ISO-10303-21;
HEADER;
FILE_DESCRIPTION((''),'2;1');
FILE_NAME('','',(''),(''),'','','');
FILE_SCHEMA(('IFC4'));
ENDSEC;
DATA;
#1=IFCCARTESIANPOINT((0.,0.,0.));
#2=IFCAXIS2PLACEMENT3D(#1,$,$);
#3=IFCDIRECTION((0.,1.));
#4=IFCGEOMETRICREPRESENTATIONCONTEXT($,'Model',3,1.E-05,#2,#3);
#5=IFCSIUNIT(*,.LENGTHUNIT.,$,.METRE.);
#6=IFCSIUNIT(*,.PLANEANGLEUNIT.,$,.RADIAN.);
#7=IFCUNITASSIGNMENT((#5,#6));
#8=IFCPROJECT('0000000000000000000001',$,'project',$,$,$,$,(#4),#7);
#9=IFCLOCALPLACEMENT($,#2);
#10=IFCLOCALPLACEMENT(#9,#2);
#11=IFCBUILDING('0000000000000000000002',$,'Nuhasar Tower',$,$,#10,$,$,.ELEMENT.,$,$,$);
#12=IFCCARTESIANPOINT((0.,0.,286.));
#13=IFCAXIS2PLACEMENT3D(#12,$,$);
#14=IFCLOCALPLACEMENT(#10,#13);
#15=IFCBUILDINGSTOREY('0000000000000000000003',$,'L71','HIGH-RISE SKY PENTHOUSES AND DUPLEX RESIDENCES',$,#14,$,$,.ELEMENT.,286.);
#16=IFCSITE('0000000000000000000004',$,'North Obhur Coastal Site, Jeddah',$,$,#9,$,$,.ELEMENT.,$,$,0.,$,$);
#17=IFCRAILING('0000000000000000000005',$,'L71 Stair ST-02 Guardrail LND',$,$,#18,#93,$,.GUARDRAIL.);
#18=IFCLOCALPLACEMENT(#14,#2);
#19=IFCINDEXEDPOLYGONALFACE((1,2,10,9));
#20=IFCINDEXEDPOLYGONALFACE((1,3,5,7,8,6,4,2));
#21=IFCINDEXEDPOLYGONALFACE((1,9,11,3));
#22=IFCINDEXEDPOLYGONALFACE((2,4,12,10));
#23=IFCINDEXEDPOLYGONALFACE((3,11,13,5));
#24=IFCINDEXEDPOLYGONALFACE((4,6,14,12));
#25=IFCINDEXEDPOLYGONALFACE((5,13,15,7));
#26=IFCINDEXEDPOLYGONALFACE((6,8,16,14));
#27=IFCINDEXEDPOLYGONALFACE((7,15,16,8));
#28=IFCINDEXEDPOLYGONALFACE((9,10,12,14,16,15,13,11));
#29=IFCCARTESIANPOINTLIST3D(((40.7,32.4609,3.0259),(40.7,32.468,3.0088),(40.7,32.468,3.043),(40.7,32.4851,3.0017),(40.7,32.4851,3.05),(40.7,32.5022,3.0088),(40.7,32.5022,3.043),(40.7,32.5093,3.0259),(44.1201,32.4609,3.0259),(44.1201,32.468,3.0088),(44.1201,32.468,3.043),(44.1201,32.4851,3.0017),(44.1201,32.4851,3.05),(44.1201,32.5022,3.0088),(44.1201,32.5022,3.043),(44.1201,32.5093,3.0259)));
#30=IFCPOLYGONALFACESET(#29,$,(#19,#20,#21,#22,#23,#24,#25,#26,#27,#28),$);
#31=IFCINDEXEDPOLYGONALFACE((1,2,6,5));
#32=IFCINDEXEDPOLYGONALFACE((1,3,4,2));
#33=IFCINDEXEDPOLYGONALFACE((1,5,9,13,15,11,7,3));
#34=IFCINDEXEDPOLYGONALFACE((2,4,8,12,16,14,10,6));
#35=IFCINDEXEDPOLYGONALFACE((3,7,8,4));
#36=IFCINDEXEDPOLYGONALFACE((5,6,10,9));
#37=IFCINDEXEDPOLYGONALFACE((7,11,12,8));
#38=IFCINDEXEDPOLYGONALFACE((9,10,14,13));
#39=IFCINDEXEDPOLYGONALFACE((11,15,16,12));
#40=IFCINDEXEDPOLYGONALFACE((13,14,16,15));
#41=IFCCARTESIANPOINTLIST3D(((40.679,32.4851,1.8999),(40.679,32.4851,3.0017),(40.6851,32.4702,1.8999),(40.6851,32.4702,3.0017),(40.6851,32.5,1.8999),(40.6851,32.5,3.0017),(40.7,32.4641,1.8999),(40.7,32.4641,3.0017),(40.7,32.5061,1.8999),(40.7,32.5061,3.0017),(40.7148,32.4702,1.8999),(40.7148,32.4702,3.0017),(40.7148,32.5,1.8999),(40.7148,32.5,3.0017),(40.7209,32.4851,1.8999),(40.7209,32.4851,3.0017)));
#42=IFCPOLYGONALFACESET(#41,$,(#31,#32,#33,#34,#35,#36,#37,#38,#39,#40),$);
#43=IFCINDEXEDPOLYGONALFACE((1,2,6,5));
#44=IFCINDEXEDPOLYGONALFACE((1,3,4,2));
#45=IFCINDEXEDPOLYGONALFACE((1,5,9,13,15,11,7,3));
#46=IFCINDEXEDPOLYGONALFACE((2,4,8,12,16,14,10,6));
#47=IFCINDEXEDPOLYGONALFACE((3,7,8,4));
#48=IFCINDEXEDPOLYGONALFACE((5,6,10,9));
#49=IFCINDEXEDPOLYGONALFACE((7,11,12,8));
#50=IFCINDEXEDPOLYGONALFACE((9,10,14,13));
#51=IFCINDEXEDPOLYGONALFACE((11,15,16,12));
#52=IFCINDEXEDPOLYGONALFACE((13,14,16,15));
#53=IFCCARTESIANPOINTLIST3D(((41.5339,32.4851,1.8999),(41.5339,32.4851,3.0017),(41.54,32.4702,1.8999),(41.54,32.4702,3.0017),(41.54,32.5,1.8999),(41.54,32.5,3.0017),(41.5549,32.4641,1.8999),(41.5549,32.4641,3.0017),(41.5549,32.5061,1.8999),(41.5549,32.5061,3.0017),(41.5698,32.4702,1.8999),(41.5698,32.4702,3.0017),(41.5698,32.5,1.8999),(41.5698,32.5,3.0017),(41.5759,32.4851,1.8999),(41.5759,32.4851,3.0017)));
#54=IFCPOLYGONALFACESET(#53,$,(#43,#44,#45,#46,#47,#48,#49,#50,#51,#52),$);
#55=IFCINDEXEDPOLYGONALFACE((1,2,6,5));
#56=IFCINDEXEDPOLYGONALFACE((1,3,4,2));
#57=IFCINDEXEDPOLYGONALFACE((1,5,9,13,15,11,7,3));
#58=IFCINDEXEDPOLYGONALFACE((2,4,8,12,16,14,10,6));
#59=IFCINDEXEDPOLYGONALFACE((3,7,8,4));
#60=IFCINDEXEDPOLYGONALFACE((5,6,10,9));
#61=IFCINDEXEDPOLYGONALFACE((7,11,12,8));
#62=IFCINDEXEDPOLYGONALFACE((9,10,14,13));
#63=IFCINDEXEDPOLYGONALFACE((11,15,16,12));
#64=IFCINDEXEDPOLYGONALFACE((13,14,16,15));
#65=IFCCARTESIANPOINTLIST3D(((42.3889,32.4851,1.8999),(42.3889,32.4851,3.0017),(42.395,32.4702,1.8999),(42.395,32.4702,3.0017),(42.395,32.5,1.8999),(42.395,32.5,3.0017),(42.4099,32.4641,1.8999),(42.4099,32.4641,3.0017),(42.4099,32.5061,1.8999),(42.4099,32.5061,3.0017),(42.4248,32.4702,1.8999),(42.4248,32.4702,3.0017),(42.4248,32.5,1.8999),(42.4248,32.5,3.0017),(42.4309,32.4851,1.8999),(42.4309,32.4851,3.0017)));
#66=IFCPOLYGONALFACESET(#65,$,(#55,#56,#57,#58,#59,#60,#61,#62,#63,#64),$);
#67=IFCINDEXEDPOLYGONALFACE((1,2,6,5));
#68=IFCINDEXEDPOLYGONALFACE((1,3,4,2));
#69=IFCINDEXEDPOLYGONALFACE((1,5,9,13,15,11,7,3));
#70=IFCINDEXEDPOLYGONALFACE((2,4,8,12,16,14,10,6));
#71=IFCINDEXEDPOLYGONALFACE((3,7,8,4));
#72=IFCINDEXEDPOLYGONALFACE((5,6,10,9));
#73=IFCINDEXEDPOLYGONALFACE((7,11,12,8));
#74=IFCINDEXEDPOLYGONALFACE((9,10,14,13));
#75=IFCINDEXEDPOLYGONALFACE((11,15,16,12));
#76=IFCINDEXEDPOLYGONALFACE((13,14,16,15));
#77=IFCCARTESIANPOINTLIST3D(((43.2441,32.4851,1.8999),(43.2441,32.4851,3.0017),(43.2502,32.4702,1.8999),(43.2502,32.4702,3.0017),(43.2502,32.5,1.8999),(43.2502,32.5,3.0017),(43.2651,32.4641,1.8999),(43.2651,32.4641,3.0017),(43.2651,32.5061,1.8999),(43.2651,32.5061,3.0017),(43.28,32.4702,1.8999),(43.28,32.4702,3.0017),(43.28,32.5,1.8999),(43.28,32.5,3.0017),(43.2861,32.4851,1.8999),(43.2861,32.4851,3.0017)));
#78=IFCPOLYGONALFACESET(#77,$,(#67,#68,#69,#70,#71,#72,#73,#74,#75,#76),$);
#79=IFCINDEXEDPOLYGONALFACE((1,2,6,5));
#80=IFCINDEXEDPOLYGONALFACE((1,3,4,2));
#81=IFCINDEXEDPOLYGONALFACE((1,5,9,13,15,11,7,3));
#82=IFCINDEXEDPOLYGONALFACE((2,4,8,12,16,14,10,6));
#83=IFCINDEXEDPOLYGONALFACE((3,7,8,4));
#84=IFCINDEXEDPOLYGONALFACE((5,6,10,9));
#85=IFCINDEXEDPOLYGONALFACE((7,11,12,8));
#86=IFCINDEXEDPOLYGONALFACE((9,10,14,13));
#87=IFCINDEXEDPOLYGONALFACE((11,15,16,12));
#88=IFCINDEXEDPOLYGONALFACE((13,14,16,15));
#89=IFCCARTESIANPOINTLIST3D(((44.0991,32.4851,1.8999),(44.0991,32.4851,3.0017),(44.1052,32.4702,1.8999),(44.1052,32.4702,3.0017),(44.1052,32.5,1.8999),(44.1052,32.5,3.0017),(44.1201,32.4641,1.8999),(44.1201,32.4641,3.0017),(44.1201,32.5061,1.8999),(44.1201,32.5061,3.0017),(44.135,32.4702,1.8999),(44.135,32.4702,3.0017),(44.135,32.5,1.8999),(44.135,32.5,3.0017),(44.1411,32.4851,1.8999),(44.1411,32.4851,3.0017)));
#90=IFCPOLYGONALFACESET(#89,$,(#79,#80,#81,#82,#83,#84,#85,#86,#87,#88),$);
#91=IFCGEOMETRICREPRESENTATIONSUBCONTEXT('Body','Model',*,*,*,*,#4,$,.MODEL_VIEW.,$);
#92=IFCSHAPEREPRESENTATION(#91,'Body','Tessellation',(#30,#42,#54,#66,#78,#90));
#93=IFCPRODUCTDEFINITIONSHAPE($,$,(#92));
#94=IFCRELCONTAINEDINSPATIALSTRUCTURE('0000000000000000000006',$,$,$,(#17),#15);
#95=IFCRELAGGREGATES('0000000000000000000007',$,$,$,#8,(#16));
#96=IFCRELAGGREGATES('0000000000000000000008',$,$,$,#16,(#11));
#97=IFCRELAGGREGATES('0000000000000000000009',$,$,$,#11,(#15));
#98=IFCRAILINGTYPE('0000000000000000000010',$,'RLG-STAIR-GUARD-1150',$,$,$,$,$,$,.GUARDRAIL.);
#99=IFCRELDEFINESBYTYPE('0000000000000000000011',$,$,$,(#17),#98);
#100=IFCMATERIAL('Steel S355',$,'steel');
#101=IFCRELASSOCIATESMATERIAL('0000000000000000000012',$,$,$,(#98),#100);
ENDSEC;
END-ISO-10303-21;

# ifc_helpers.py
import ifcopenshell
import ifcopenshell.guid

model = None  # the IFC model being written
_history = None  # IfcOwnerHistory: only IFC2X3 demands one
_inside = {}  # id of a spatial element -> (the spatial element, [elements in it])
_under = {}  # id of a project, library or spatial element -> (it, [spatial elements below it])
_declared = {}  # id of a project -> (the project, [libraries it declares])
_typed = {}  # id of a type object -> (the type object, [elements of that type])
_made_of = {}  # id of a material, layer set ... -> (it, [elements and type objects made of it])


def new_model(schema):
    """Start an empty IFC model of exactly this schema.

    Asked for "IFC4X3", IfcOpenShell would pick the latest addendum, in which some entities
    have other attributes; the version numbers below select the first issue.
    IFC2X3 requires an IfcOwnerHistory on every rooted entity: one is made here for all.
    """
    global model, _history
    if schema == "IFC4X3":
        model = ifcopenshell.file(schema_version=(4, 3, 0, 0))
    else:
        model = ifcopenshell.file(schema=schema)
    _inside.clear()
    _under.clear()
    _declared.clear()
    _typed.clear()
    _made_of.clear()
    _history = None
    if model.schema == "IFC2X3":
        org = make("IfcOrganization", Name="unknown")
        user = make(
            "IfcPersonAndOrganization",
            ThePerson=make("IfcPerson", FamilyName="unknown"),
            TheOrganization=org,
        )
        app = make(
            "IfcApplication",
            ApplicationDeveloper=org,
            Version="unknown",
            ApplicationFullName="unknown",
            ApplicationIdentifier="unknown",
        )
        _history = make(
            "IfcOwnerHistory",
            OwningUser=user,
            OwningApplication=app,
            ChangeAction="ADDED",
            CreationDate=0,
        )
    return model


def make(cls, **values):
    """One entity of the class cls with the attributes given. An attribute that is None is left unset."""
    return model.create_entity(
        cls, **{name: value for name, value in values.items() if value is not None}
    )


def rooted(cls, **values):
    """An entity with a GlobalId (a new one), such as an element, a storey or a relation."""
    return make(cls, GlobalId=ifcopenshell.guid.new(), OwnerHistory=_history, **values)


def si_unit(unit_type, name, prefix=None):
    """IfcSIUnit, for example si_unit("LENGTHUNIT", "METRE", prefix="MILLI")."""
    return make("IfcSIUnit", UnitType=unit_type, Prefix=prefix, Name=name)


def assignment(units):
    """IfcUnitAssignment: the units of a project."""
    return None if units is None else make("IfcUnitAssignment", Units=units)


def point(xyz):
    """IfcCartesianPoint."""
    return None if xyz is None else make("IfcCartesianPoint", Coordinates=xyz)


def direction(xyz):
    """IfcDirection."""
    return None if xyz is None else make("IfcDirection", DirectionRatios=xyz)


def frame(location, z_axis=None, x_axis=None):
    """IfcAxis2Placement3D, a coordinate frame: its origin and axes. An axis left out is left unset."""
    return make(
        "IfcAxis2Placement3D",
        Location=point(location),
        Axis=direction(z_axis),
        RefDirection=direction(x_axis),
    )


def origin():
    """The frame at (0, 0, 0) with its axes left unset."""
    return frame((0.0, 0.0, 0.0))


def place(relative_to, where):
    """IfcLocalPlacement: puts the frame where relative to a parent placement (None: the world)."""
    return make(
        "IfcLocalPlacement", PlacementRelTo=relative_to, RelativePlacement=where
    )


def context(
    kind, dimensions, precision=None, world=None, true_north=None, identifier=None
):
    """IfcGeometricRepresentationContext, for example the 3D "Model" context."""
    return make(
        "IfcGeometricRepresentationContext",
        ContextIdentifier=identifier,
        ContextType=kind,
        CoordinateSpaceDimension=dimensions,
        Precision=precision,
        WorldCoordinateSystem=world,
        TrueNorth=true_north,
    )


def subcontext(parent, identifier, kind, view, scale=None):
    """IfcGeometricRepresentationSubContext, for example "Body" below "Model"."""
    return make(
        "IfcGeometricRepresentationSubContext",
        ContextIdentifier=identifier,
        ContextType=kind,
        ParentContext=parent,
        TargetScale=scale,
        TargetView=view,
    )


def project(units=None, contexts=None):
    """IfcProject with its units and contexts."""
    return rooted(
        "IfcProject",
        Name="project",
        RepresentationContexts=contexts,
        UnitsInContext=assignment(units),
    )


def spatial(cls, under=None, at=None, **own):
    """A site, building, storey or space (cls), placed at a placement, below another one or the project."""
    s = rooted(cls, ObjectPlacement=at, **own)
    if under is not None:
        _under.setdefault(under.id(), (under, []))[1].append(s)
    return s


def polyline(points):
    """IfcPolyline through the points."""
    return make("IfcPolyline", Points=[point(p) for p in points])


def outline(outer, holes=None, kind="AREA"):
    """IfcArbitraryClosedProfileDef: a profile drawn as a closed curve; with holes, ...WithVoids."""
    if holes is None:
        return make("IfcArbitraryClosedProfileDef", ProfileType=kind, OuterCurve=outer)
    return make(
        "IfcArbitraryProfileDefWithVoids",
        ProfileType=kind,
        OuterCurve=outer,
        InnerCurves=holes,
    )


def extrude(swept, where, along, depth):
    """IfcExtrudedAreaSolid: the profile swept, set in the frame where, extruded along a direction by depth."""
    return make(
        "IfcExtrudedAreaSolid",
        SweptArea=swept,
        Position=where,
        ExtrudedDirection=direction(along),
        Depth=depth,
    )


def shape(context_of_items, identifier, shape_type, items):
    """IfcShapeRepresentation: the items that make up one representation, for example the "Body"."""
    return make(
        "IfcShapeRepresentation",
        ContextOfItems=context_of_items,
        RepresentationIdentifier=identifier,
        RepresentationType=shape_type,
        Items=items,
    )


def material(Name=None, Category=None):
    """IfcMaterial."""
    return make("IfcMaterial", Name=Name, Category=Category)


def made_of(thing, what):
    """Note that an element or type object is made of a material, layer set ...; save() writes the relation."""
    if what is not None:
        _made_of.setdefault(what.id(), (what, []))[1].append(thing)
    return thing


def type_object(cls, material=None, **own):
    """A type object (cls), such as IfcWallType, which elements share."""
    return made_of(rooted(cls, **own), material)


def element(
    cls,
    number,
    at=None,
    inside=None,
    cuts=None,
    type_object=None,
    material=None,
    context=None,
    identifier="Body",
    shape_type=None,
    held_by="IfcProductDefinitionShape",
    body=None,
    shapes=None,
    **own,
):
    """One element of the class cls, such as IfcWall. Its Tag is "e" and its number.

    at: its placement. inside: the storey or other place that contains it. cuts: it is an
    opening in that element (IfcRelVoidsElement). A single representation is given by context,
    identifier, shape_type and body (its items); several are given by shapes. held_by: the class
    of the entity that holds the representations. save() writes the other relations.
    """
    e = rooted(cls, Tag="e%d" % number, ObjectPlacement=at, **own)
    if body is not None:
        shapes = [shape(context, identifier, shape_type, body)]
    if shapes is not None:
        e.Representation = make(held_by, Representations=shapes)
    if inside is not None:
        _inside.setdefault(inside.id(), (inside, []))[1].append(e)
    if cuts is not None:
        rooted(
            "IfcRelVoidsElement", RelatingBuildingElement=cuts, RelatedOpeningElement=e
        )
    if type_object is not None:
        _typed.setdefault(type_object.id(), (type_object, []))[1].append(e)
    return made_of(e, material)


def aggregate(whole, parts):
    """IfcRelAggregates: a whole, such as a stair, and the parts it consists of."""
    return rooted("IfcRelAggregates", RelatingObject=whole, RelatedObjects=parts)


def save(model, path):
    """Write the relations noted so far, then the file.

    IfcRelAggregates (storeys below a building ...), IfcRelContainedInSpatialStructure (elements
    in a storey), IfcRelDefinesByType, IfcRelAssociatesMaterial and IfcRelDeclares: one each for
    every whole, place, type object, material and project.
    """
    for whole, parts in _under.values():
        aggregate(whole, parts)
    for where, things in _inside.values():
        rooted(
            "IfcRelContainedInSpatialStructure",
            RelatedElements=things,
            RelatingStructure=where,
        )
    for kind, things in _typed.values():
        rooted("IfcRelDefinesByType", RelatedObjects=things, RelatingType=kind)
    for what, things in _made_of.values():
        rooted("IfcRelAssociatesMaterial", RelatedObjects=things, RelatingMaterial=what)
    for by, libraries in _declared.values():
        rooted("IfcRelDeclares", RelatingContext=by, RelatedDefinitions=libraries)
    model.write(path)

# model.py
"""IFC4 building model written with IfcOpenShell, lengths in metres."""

from ifc_helpers import new_model, si_unit, direction, frame, origin, place, context, subcontext, project, spatial, polyline, outline, extrude, material, type_object, element, save


model = new_model("IFC4")

# Units and contexts
model_context = context("Model", 3, precision=1e-05, world=origin(), true_north=direction((0.0, 1.0)))
body_context = subcontext(model_context, "Body", "Model", "MODEL_VIEW")
ifc_project = project(units=[si_unit("LENGTHUNIT", "METRE"), si_unit("PLANEANGLEUNIT", "RADIAN")], contexts=[model_context])

# Site, building, storey
site_placement = place(None, origin())
site = spatial("IfcSite", under=ifc_project, at=site_placement, Name="North Obhur Coastal Site, Jeddah", CompositionType="ELEMENT", RefElevation=0.0)
building_placement = place(site_placement, origin())
building = spatial("IfcBuilding", under=site, at=building_placement, Name="Nuhasar Tower", CompositionType="ELEMENT")
storey_placement = place(building_placement, frame((0.0, 0.0, 286.0)))
storey = spatial("IfcBuildingStorey", under=building, at=storey_placement, Name="L71", Description="HIGH-RISE SKY PENTHOUSES AND DUPLEX RESIDENCES", CompositionType="ELEMENT", Elevation=286.0)

# Shared definitions
ifc_material_1 = material(Name="Steel S355", Category="steel")

# Railing
railing_type_1 = type_object("IfcRailingType", Name="RLG-STAIR-GUARD-1150", PredefinedType="GUARDRAIL", material=ifc_material_1)
railing_1_placement = place(storey_placement, frame((40.7, 32.4851, 1.8999)))
element("IfcRailing", 1, at=railing_1_placement, inside=storey, type_object=railing_type_1, Name="L71 Stair ST-02 Guardrail LND", PredefinedType="GUARDRAIL", context=body_context, shape_type="SweptSolid", body=[
    extrude(outline(polyline([(0.0242, 0.0), (0.0171, 0.0171), (0.0, 0.0242), (-0.0171, 0.0171), (-0.0242, 0.0), (-0.0171, -0.0171), (0.0, -0.0242), (0.0171, -0.0171), (0.0242, 0.0)])), frame((0.0, 0.0, 1.126), z_axis=(1.0, 0.0, 0.0), x_axis=(0.0, 1.0, 0.0)), (0.0, 0.0, 1.0), 3.4202),
    extrude(outline(polyline([(0.021, 0.0), (0.0149, 0.0149), (0.0, 0.021), (-0.0149, 0.0149), (-0.021, 0.0), (-0.0149, -0.0149), (0.0, -0.021), (0.0149, -0.0149), (0.021, 0.0)])), origin(), (0.0, 0.0, 1.0), 1.1018),
    extrude(outline(polyline([(0.021, 0.0), (0.0149, 0.0149), (0.0, 0.021), (-0.0149, 0.0149), (-0.021, 0.0), (-0.0149, -0.0149), (0.0, -0.021), (0.0149, -0.0149), (0.021, 0.0)])), frame((0.855, 0.0, 0.0)), (0.0, 0.0, 1.0), 1.1018),
    extrude(outline(polyline([(0.021, 0.0), (0.0149, 0.0149), (0.0, 0.021), (-0.0149, 0.0149), (-0.021, 0.0), (-0.0149, -0.0149), (0.0, -0.021), (0.0149, -0.0149), (0.021, 0.0)])), frame((1.71, 0.0, 0.0)), (0.0, 0.0, 1.0), 1.1018),
    extrude(outline(polyline([(0.021, 0.0), (0.0149, 0.0149), (0.0, 0.021), (-0.0149, 0.0149), (-0.021, 0.0), (-0.0149, -0.0149), (0.0, -0.021), (0.0149, -0.0149), (0.021, 0.0)])), frame((2.5652, 0.0, 0.0)), (0.0, 0.0, 1.0), 1.1018),
    extrude(outline(polyline([(0.021, 0.0), (0.0149, 0.0149), (0.0, 0.021), (-0.0149, 0.0149), (-0.021, 0.0), (-0.0149, -0.0149), (0.0, -0.021), (0.0149, -0.0149), (0.021, 0.0)])), frame((3.4202, 0.0, 0.0)), (0.0, 0.0, 1.0), 1.1018),
])

save(model, "model.ifc")
